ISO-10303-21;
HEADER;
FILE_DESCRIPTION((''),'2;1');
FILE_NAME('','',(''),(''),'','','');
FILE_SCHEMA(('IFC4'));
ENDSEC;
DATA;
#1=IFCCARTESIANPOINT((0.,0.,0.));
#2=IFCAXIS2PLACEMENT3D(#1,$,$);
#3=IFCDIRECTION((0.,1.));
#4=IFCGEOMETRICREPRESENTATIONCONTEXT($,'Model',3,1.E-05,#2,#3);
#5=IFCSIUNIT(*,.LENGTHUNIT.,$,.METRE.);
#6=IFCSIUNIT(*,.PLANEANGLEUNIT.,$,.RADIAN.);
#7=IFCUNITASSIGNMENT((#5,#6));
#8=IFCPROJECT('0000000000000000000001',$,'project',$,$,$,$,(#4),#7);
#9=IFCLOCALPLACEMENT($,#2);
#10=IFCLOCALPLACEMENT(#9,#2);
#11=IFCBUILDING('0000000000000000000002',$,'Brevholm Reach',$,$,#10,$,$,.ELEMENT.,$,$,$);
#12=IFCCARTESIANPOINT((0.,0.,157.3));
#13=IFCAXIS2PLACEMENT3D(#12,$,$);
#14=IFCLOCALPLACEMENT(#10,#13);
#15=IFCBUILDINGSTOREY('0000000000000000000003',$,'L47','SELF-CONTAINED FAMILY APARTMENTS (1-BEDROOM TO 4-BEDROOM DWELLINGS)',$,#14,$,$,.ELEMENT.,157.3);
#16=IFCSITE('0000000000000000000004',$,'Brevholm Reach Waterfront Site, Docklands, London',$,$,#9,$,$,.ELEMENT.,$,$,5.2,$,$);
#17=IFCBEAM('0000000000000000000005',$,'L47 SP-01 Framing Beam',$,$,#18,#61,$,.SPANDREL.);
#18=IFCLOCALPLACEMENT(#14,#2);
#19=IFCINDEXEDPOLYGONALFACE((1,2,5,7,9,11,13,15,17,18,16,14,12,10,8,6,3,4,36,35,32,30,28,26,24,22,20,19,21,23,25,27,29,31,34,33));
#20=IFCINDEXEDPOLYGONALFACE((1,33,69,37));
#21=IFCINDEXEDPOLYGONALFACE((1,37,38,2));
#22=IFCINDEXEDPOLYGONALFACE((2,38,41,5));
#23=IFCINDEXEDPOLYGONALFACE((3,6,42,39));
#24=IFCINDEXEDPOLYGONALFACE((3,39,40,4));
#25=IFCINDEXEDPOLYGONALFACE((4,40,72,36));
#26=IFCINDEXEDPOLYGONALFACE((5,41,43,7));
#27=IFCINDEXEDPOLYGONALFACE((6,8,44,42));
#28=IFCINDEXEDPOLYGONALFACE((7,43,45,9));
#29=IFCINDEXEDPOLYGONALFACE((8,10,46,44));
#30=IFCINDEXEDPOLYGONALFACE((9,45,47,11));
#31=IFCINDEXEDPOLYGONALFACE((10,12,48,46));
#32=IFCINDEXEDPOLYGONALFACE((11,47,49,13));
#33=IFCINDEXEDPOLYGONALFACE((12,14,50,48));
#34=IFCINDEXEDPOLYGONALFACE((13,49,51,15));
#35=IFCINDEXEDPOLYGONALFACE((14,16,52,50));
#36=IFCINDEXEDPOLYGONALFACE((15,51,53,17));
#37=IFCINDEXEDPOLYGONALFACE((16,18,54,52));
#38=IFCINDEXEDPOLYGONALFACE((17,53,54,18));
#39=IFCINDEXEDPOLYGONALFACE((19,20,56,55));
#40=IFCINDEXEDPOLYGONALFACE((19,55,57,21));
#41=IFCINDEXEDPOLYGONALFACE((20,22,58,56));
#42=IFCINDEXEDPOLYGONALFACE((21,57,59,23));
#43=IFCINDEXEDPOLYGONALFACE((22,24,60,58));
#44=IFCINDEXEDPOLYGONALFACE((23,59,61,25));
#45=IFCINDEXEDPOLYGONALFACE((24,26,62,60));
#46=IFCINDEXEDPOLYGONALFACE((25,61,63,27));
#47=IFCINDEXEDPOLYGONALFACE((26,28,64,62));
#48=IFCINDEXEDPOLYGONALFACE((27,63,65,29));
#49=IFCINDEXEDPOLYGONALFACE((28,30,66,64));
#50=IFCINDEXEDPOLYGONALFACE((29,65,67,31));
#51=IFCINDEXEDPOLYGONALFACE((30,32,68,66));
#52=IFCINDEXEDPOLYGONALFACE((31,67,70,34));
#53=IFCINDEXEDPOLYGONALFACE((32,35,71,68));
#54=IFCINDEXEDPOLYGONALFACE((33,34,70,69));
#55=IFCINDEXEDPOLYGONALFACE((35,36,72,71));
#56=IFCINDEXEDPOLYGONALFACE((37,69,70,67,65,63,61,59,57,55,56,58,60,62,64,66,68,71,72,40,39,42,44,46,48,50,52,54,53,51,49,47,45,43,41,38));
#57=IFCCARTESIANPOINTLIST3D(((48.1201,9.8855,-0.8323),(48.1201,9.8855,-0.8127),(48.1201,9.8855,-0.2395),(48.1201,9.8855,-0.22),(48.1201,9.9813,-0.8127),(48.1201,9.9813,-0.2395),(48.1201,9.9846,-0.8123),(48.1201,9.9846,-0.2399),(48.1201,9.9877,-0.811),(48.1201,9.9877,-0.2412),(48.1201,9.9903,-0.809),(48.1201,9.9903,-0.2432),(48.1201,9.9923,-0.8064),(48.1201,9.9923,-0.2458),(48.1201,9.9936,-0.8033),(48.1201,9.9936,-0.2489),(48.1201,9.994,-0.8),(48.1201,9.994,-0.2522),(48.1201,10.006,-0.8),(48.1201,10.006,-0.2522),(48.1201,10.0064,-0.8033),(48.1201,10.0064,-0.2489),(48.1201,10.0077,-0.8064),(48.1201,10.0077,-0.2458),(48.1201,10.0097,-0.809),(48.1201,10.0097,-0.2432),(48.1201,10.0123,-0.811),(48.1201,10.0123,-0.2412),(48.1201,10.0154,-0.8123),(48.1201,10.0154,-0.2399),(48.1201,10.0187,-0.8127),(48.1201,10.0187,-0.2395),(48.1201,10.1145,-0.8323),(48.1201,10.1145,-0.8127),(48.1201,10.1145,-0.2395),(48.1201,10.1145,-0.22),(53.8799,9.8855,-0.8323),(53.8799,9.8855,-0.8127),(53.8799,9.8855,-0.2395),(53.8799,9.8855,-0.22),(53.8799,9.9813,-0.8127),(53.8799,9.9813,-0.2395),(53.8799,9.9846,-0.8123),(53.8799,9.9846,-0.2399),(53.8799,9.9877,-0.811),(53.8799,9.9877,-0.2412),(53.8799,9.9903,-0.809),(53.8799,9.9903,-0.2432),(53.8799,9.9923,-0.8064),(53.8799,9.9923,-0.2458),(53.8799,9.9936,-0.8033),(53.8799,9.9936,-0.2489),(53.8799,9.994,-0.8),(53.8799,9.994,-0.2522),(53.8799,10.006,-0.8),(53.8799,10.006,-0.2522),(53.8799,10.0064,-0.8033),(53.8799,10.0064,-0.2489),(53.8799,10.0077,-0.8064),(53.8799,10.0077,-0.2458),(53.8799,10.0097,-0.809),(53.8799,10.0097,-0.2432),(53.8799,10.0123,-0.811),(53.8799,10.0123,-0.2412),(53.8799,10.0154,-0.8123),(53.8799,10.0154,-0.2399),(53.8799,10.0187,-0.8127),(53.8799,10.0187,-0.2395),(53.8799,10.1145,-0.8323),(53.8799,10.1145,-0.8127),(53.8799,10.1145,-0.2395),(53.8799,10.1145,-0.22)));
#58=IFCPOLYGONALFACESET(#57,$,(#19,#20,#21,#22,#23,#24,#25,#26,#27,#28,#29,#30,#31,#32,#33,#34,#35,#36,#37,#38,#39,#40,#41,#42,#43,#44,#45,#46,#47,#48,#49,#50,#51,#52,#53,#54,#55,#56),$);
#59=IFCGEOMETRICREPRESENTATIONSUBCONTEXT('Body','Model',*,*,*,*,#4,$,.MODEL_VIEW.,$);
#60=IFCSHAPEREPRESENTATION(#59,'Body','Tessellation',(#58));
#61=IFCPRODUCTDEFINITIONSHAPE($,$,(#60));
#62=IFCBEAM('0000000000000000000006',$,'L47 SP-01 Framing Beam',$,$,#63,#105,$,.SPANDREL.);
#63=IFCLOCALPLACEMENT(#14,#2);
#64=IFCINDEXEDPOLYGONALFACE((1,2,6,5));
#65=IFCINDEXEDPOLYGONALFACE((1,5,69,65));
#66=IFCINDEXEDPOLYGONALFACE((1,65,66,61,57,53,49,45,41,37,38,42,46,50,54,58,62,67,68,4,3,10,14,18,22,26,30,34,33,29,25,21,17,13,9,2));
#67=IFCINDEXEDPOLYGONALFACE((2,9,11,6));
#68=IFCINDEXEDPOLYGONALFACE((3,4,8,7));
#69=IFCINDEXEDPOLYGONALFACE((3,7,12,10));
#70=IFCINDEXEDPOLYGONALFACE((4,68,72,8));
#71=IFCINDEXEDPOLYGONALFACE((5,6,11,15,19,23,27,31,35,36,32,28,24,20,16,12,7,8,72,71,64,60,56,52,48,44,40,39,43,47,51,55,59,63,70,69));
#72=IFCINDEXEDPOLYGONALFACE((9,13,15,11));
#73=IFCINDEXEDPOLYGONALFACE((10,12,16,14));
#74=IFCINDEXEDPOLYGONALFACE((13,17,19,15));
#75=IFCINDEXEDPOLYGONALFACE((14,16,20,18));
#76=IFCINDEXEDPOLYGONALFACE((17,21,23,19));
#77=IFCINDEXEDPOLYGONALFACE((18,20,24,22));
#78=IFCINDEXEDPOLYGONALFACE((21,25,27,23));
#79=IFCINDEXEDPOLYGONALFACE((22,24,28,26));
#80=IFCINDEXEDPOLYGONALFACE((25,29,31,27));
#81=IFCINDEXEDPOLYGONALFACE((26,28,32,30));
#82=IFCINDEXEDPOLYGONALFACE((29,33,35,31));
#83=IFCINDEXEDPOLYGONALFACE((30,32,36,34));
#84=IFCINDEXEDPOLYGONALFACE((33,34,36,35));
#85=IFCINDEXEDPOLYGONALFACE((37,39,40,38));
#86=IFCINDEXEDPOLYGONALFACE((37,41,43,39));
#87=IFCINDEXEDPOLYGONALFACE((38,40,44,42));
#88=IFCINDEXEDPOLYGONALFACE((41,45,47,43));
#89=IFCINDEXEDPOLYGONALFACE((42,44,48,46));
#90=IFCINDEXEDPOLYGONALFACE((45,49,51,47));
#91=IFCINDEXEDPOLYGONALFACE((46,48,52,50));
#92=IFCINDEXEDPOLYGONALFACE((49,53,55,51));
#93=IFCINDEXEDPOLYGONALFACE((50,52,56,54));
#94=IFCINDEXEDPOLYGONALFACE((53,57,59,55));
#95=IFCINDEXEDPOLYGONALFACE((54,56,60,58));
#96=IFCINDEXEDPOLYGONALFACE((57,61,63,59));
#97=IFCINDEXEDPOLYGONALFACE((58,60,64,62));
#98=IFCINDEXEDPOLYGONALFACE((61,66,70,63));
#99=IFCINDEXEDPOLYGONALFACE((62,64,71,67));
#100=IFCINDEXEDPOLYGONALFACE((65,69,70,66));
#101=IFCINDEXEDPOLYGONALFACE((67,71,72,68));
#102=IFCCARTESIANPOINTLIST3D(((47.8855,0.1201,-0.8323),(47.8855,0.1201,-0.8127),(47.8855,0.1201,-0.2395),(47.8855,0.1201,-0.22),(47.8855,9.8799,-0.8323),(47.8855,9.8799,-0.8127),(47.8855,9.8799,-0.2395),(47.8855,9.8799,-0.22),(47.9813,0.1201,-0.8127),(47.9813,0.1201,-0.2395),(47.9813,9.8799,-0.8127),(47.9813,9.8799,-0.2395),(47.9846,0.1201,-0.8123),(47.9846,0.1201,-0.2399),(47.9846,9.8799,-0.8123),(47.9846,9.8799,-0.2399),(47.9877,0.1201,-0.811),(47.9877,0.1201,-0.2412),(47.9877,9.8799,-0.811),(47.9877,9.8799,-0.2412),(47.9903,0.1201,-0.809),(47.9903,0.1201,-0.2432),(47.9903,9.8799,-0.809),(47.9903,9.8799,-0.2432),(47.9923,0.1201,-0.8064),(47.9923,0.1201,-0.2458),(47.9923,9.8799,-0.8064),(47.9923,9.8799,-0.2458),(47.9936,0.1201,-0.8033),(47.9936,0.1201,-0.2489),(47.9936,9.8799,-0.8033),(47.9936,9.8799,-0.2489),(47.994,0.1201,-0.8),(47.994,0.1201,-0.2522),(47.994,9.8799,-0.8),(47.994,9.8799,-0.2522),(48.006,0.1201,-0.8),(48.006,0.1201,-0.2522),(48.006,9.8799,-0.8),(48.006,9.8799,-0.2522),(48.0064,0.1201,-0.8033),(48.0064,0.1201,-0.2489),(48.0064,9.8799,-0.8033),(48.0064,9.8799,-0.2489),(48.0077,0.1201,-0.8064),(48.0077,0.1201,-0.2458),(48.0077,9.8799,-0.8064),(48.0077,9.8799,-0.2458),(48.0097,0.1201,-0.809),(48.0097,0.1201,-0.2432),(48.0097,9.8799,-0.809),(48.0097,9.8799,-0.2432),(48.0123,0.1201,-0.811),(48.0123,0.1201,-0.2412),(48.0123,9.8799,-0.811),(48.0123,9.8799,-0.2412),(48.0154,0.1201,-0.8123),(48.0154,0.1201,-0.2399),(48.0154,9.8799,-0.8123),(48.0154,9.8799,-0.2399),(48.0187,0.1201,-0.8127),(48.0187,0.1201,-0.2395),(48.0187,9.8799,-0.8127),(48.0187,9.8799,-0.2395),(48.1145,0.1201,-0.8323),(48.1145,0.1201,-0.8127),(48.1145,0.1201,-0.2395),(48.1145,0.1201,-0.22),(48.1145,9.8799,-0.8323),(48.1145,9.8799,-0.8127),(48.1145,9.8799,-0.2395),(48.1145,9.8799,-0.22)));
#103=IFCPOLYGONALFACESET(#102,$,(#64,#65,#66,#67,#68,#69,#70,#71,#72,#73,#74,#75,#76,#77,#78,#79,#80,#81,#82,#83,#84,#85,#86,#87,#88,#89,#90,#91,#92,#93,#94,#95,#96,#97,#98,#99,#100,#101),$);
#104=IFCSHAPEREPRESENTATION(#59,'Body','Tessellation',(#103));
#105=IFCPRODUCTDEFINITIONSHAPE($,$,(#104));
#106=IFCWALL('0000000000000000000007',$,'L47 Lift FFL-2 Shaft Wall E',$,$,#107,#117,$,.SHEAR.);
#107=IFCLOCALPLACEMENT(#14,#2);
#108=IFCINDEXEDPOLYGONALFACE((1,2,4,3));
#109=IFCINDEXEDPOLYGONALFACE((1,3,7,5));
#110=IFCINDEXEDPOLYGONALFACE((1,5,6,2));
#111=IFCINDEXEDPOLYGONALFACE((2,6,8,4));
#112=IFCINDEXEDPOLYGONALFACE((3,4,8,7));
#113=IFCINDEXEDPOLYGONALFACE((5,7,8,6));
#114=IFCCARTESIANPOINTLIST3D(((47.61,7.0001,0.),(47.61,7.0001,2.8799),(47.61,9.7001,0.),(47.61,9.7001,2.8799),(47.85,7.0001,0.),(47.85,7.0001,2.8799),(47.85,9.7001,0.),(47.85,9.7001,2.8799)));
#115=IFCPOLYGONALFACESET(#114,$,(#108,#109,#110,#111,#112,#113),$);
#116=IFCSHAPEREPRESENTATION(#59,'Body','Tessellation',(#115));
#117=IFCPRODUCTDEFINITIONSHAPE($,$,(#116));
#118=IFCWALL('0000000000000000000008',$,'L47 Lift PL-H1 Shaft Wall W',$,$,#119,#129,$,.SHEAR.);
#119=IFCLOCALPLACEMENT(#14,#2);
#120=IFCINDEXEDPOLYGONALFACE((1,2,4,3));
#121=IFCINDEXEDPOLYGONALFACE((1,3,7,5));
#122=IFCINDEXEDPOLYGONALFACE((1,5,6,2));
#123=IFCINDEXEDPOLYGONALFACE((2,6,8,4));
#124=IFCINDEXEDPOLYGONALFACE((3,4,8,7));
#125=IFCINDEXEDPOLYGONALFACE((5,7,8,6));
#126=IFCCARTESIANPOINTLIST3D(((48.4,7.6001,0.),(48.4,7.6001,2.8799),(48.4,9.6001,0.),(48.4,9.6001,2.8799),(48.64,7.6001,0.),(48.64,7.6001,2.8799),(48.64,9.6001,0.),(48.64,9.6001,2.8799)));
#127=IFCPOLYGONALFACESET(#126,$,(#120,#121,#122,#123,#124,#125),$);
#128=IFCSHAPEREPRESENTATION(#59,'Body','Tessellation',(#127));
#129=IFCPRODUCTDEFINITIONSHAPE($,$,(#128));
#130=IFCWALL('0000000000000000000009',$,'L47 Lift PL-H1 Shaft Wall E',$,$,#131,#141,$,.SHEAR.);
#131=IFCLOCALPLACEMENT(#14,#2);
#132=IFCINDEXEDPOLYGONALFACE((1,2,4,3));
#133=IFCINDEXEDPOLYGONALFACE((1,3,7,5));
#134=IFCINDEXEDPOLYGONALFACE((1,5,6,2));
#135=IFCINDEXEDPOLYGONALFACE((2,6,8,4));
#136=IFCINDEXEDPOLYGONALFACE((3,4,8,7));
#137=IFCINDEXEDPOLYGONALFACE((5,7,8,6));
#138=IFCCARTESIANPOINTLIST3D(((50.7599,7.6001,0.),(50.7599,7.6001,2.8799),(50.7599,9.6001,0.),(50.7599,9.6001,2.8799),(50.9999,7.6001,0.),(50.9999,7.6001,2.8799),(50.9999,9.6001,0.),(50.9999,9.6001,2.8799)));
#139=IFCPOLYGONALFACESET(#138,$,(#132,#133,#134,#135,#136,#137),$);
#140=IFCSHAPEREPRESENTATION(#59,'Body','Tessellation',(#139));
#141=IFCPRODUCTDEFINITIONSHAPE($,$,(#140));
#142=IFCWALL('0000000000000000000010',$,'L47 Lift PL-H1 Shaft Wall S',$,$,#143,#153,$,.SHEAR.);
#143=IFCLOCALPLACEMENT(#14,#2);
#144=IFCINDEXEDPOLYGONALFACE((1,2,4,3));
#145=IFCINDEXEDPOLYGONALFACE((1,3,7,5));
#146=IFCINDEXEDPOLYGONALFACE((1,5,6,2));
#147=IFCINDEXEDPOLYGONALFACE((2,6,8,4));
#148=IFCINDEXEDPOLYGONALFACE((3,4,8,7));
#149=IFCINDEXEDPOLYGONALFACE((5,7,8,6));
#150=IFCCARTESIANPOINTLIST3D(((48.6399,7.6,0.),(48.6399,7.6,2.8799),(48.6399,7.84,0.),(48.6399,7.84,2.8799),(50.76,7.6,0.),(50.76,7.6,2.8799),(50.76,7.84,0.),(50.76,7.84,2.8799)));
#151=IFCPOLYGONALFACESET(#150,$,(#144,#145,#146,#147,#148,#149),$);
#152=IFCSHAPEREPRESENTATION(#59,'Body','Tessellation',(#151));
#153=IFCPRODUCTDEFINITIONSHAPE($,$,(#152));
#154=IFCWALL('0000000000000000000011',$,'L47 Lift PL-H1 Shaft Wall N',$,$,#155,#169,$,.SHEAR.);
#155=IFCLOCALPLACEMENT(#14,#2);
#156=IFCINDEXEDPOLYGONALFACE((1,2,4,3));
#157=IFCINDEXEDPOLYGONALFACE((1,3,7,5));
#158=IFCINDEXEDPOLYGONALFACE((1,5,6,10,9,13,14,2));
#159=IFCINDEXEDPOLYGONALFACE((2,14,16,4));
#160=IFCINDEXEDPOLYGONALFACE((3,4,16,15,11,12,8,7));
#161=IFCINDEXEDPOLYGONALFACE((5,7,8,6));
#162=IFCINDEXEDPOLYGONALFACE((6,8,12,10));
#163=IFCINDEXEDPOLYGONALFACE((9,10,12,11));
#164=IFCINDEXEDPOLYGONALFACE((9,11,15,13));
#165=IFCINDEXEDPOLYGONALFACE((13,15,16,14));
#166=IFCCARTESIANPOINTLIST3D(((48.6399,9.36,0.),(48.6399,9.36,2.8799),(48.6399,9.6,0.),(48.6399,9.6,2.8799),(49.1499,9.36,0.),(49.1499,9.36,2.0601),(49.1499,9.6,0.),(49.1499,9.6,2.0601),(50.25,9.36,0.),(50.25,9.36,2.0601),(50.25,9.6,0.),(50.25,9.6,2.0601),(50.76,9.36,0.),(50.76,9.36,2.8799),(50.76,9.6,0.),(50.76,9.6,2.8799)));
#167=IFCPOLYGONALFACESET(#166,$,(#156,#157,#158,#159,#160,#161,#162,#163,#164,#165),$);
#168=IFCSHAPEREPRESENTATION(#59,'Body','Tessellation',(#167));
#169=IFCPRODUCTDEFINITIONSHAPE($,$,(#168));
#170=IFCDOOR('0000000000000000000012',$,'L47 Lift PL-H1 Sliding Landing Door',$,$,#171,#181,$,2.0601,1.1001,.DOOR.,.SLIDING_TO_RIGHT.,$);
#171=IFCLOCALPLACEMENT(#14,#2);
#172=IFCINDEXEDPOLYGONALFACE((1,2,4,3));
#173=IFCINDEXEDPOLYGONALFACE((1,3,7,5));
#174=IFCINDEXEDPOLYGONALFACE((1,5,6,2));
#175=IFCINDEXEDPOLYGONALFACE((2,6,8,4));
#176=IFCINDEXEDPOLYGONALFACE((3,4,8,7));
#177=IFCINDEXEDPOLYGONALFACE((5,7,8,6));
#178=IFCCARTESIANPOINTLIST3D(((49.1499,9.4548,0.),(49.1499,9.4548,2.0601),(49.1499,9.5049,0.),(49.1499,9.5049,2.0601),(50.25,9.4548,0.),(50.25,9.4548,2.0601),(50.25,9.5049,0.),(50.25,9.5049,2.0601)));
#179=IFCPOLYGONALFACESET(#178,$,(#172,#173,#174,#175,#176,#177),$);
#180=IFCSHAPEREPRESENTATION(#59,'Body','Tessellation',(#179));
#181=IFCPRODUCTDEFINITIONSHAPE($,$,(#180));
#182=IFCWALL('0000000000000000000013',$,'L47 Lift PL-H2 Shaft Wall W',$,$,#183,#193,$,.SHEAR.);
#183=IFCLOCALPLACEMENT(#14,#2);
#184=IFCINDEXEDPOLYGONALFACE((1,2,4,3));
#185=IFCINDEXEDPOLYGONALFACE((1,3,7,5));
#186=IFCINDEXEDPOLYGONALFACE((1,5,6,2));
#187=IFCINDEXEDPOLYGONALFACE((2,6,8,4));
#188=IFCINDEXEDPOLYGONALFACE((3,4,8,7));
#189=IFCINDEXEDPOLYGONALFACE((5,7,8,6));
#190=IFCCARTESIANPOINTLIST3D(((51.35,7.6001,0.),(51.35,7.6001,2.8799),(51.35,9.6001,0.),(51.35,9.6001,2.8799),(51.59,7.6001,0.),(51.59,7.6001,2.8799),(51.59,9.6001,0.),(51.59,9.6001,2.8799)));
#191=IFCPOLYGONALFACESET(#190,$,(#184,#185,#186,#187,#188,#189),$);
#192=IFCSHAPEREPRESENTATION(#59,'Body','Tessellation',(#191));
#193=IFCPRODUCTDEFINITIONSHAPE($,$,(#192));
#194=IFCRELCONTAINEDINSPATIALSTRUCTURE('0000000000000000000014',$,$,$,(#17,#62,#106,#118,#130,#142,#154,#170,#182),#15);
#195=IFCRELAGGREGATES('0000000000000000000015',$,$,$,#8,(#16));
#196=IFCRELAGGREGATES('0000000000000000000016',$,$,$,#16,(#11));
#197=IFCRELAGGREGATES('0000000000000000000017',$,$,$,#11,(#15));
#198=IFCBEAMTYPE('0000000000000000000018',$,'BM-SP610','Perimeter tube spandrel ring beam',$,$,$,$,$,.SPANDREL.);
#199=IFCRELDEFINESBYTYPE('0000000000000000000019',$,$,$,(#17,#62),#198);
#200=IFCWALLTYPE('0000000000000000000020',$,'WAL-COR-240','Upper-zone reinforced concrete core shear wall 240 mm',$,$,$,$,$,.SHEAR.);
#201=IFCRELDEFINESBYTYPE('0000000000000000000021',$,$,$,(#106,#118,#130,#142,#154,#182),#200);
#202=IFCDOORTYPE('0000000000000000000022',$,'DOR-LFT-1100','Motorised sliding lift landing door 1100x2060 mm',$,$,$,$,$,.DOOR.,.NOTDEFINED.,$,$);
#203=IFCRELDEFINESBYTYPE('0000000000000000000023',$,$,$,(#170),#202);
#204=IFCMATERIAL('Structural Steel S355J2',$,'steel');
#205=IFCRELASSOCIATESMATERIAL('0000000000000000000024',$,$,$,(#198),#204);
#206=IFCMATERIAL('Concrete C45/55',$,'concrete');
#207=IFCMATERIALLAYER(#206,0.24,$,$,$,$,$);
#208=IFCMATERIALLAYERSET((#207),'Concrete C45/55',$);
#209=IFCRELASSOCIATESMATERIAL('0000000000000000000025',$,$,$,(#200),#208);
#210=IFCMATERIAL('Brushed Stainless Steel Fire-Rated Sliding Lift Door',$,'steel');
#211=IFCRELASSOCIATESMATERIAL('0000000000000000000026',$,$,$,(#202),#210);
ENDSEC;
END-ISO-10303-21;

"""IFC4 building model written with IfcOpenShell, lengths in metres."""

from ifc_helpers import new_model, si_unit, direction, frame, frame_2d, origin, origin_2d, place, context, subcontext, project, spatial, rectangle, i_section, extrude, material, layer, layer_set, material_profile, profile_set, type_object, element, fill, save


model = new_model("IFC4")

# Units and contexts
model_context = context("Model", 3, precision=1e-05, world=origin(), true_north=direction((0.0, 1.0)))
body_context = subcontext(model_context, "Body", "Model", "MODEL_VIEW")
ifc_project = project(units=[si_unit("LENGTHUNIT", "METRE"), si_unit("PLANEANGLEUNIT", "RADIAN")], contexts=[model_context])

# Site, building, storey
site_placement = place(None, origin())
site = spatial("IfcSite", under=ifc_project, at=site_placement, Name="Brevholm Reach Waterfront Site, Docklands, London", CompositionType="ELEMENT", RefElevation=5.2)
building_placement = place(site_placement, origin())
building = spatial("IfcBuilding", under=site, at=building_placement, Name="Brevholm Reach", CompositionType="ELEMENT")
storey_placement = place(building_placement, frame((0.0, 0.0, 157.3)))
storey = spatial("IfcBuildingStorey", under=building, at=storey_placement, Name="L47", Description="SELF-CONTAINED FAMILY APARTMENTS (1-BEDROOM TO 4-BEDROOM DWELLINGS)", CompositionType="ELEMENT", Elevation=157.3)

# Beams
ifc_material_1 = material(Name="Structural Steel S355J2", Category="steel")
ifc_material_profile_1 = material_profile(ifc_material_1, i_section(OverallWidth=0.229, OverallDepth=0.6123, WebThickness=0.012, FlangeThickness=0.0195, FilletRadius=0.0127, at=origin_2d()), Name="UKB 610x229x125")
ifc_profile_set_1 = profile_set([ifc_material_profile_1], Name="Structural Steel S355J2")
beam_type_1 = type_object("IfcBeamType", Name="BM-SP610", Description="Perimeter tube spandrel ring beam", PredefinedType="SPANDREL", material=ifc_profile_set_1)
beam_1_placement = place(storey_placement, frame((48.1201, 10.0, -0.5261), z_axis=(1.0, 0.0, 0.0), x_axis=(0.0, 1.0, 0.0)))
element("IfcBeam", 1, at=beam_1_placement, inside=storey, type_object=beam_type_1, Name="L47 SP-01 Framing Beam", PredefinedType="SPANDREL", context=body_context, shape_type="SweptSolid", body=[
    extrude(i_section(OverallWidth=0.229, OverallDepth=0.6123, WebThickness=0.012, FlangeThickness=0.0195, FilletRadius=0.0127, at=origin_2d()), origin(), (0.0, 0.0, 1.0), 5.7598),
])
beam_2_placement = place(storey_placement, frame((48.0, 0.1201, -0.5261), z_axis=(0.0, 1.0, 0.0), x_axis=(-1.0, 0.0, 0.0)))
element("IfcBeam", 2, at=beam_2_placement, inside=storey, type_object=beam_type_1, Name="L47 SP-01 Framing Beam", PredefinedType="SPANDREL", context=body_context, shape_type="SweptSolid", body=[
    extrude(i_section(OverallWidth=0.229, OverallDepth=0.6123, WebThickness=0.012, FlangeThickness=0.0195, FilletRadius=0.0127, at=origin_2d()), origin(), (0.0, 0.0, 1.0), 9.7598),
])

# Walls
ifc_material_2 = material(Name="Concrete C45/55", Category="concrete")
ifc_layer_1 = layer(ifc_material_2, 0.24)
ifc_layer_set_1 = layer_set([ifc_layer_1], Name="Concrete C45/55")
wall_type_1 = type_object("IfcWallType", Name="WAL-COR-240", Description="Upper-zone reinforced concrete core shear wall 240 mm", PredefinedType="SHEAR", material=ifc_layer_set_1)
wall_1_placement = place(storey_placement, frame((47.73, 7.0, 0.0), z_axis=(0.0, 0.0, 1.0), x_axis=(0.0, 1.0, 0.0)))
element("IfcWall", 3, at=wall_1_placement, inside=storey, type_object=wall_type_1, Name="L47 Lift FFL-2 Shaft Wall E", PredefinedType="SHEAR", context=body_context, shape_type="SweptSolid", body=[
    extrude(rectangle(XDim=2.7, YDim=0.24, at=frame_2d((1.3501, 0.0))), origin(), (0.0, 0.0, 1.0), 2.8799),
])
for number, where, z_axis, x_axis, name in (
    (4, (48.52, 7.6001, 0.0), (0.0, 0.0, 1.0), (0.0, 1.0, 0.0), "L47 Lift PL-H1 Shaft Wall W"),
    (5, (50.8799, 7.6001, 0.0), (0.0, 0.0, 1.0), (0.0, 1.0, 0.0), "L47 Lift PL-H1 Shaft Wall E"),
):
    element("IfcWall", number, at=place(storey_placement, frame(where, z_axis=z_axis, x_axis=x_axis)), inside=storey, type_object=wall_type_1, Name=name, PredefinedType="SHEAR", context=body_context, shape_type="SweptSolid", body=[
        extrude(rectangle(XDim=2.0, YDim=0.24, at=frame_2d((1.0, 0.0))), origin(), (0.0, 0.0, 1.0), 2.8799),
    ])
wall_2_placement = place(storey_placement, frame((48.6399, 7.72, 0.0), z_axis=(0.0, 0.0, 1.0), x_axis=(1.0, 0.0, 0.0)))
element("IfcWall", 6, at=wall_2_placement, inside=storey, type_object=wall_type_1, Name="L47 Lift PL-H1 Shaft Wall S", PredefinedType="SHEAR", context=body_context, shape_type="SweptSolid", body=[
    extrude(rectangle(XDim=2.1201, YDim=0.24, at=frame_2d((1.0601, 0.0))), origin(), (0.0, 0.0, 1.0), 2.8799),
])

# Wall, opening, door
wall_3_placement = place(storey_placement, frame((48.6399, 9.48, 0.0), z_axis=(0.0, 0.0, 1.0), x_axis=(1.0, 0.0, 0.0)))
wall_3 = element("IfcWall", 7, at=wall_3_placement, inside=storey, type_object=wall_type_1, Name="L47 Lift PL-H1 Shaft Wall N", PredefinedType="SHEAR", context=body_context, shape_type="SweptSolid", body=[
    extrude(rectangle(XDim=2.1201, YDim=0.24, at=frame_2d((1.0601, 0.0))), origin(), (0.0, 0.0, 1.0), 2.8799),
])
opening_1_placement = place(wall_3_placement, frame((0.51, 0.0, 0.0)))
opening_1 = element("IfcOpeningElement", 8, at=opening_1_placement, cuts=wall_3, PredefinedType="OPENING", context=body_context, shape_type="SweptSolid", body=[
    extrude(rectangle(XDim=1.1001, YDim=2.0601, at=frame_2d((0.55, 1.03))), frame((0.0, 0.1299, 0.0), z_axis=(0.0, -1.0, 0.0), x_axis=(1.0, 0.0, 0.0)), (0.0, 0.0, 1.0), 0.26),
])
ifc_material_3 = material(Name="Brushed Stainless Steel Fire-Rated Sliding Lift Door", Category="steel")
door_type_1 = type_object("IfcDoorType", Name="DOR-LFT-1100", Description="Motorised sliding lift landing door 1100x2060 mm", OperationType="NOTDEFINED", PredefinedType="DOOR", material=ifc_material_3)
door_1_placement = place(opening_1_placement, origin())
door_1 = element("IfcDoor", 9, at=door_1_placement, inside=storey, type_object=door_type_1, Name="L47 Lift PL-H1 Sliding Landing Door", OperationType="SLIDING_TO_RIGHT", OverallHeight=2.0601, OverallWidth=1.1001, PredefinedType="DOOR", context=body_context, shape_type="SweptSolid", body=[
    extrude(rectangle(XDim=1.1001, YDim=2.0601, at=frame_2d((0.55, 1.03))), frame((0.0, 0.0249, 0.0), z_axis=(0.0, -1.0, 0.0), x_axis=(1.0, 0.0, 0.0)), (0.0, 0.0, 1.0), 0.05),
])
fill(opening_1, door_1)

# Wall
wall_4_placement = place(storey_placement, frame((51.47, 7.6001, 0.0), z_axis=(0.0, 0.0, 1.0), x_axis=(0.0, 1.0, 0.0)))
element("IfcWall", 10, at=wall_4_placement, inside=storey, type_object=wall_type_1, Name="L47 Lift PL-H2 Shaft Wall W", PredefinedType="SHEAR", context=body_context, shape_type="SweptSolid", body=[
    extrude(rectangle(XDim=2.0, YDim=0.24, at=frame_2d((1.0, 0.0))), origin(), (0.0, 0.0, 1.0), 2.8799),
])

save(model, "model.ifc")
